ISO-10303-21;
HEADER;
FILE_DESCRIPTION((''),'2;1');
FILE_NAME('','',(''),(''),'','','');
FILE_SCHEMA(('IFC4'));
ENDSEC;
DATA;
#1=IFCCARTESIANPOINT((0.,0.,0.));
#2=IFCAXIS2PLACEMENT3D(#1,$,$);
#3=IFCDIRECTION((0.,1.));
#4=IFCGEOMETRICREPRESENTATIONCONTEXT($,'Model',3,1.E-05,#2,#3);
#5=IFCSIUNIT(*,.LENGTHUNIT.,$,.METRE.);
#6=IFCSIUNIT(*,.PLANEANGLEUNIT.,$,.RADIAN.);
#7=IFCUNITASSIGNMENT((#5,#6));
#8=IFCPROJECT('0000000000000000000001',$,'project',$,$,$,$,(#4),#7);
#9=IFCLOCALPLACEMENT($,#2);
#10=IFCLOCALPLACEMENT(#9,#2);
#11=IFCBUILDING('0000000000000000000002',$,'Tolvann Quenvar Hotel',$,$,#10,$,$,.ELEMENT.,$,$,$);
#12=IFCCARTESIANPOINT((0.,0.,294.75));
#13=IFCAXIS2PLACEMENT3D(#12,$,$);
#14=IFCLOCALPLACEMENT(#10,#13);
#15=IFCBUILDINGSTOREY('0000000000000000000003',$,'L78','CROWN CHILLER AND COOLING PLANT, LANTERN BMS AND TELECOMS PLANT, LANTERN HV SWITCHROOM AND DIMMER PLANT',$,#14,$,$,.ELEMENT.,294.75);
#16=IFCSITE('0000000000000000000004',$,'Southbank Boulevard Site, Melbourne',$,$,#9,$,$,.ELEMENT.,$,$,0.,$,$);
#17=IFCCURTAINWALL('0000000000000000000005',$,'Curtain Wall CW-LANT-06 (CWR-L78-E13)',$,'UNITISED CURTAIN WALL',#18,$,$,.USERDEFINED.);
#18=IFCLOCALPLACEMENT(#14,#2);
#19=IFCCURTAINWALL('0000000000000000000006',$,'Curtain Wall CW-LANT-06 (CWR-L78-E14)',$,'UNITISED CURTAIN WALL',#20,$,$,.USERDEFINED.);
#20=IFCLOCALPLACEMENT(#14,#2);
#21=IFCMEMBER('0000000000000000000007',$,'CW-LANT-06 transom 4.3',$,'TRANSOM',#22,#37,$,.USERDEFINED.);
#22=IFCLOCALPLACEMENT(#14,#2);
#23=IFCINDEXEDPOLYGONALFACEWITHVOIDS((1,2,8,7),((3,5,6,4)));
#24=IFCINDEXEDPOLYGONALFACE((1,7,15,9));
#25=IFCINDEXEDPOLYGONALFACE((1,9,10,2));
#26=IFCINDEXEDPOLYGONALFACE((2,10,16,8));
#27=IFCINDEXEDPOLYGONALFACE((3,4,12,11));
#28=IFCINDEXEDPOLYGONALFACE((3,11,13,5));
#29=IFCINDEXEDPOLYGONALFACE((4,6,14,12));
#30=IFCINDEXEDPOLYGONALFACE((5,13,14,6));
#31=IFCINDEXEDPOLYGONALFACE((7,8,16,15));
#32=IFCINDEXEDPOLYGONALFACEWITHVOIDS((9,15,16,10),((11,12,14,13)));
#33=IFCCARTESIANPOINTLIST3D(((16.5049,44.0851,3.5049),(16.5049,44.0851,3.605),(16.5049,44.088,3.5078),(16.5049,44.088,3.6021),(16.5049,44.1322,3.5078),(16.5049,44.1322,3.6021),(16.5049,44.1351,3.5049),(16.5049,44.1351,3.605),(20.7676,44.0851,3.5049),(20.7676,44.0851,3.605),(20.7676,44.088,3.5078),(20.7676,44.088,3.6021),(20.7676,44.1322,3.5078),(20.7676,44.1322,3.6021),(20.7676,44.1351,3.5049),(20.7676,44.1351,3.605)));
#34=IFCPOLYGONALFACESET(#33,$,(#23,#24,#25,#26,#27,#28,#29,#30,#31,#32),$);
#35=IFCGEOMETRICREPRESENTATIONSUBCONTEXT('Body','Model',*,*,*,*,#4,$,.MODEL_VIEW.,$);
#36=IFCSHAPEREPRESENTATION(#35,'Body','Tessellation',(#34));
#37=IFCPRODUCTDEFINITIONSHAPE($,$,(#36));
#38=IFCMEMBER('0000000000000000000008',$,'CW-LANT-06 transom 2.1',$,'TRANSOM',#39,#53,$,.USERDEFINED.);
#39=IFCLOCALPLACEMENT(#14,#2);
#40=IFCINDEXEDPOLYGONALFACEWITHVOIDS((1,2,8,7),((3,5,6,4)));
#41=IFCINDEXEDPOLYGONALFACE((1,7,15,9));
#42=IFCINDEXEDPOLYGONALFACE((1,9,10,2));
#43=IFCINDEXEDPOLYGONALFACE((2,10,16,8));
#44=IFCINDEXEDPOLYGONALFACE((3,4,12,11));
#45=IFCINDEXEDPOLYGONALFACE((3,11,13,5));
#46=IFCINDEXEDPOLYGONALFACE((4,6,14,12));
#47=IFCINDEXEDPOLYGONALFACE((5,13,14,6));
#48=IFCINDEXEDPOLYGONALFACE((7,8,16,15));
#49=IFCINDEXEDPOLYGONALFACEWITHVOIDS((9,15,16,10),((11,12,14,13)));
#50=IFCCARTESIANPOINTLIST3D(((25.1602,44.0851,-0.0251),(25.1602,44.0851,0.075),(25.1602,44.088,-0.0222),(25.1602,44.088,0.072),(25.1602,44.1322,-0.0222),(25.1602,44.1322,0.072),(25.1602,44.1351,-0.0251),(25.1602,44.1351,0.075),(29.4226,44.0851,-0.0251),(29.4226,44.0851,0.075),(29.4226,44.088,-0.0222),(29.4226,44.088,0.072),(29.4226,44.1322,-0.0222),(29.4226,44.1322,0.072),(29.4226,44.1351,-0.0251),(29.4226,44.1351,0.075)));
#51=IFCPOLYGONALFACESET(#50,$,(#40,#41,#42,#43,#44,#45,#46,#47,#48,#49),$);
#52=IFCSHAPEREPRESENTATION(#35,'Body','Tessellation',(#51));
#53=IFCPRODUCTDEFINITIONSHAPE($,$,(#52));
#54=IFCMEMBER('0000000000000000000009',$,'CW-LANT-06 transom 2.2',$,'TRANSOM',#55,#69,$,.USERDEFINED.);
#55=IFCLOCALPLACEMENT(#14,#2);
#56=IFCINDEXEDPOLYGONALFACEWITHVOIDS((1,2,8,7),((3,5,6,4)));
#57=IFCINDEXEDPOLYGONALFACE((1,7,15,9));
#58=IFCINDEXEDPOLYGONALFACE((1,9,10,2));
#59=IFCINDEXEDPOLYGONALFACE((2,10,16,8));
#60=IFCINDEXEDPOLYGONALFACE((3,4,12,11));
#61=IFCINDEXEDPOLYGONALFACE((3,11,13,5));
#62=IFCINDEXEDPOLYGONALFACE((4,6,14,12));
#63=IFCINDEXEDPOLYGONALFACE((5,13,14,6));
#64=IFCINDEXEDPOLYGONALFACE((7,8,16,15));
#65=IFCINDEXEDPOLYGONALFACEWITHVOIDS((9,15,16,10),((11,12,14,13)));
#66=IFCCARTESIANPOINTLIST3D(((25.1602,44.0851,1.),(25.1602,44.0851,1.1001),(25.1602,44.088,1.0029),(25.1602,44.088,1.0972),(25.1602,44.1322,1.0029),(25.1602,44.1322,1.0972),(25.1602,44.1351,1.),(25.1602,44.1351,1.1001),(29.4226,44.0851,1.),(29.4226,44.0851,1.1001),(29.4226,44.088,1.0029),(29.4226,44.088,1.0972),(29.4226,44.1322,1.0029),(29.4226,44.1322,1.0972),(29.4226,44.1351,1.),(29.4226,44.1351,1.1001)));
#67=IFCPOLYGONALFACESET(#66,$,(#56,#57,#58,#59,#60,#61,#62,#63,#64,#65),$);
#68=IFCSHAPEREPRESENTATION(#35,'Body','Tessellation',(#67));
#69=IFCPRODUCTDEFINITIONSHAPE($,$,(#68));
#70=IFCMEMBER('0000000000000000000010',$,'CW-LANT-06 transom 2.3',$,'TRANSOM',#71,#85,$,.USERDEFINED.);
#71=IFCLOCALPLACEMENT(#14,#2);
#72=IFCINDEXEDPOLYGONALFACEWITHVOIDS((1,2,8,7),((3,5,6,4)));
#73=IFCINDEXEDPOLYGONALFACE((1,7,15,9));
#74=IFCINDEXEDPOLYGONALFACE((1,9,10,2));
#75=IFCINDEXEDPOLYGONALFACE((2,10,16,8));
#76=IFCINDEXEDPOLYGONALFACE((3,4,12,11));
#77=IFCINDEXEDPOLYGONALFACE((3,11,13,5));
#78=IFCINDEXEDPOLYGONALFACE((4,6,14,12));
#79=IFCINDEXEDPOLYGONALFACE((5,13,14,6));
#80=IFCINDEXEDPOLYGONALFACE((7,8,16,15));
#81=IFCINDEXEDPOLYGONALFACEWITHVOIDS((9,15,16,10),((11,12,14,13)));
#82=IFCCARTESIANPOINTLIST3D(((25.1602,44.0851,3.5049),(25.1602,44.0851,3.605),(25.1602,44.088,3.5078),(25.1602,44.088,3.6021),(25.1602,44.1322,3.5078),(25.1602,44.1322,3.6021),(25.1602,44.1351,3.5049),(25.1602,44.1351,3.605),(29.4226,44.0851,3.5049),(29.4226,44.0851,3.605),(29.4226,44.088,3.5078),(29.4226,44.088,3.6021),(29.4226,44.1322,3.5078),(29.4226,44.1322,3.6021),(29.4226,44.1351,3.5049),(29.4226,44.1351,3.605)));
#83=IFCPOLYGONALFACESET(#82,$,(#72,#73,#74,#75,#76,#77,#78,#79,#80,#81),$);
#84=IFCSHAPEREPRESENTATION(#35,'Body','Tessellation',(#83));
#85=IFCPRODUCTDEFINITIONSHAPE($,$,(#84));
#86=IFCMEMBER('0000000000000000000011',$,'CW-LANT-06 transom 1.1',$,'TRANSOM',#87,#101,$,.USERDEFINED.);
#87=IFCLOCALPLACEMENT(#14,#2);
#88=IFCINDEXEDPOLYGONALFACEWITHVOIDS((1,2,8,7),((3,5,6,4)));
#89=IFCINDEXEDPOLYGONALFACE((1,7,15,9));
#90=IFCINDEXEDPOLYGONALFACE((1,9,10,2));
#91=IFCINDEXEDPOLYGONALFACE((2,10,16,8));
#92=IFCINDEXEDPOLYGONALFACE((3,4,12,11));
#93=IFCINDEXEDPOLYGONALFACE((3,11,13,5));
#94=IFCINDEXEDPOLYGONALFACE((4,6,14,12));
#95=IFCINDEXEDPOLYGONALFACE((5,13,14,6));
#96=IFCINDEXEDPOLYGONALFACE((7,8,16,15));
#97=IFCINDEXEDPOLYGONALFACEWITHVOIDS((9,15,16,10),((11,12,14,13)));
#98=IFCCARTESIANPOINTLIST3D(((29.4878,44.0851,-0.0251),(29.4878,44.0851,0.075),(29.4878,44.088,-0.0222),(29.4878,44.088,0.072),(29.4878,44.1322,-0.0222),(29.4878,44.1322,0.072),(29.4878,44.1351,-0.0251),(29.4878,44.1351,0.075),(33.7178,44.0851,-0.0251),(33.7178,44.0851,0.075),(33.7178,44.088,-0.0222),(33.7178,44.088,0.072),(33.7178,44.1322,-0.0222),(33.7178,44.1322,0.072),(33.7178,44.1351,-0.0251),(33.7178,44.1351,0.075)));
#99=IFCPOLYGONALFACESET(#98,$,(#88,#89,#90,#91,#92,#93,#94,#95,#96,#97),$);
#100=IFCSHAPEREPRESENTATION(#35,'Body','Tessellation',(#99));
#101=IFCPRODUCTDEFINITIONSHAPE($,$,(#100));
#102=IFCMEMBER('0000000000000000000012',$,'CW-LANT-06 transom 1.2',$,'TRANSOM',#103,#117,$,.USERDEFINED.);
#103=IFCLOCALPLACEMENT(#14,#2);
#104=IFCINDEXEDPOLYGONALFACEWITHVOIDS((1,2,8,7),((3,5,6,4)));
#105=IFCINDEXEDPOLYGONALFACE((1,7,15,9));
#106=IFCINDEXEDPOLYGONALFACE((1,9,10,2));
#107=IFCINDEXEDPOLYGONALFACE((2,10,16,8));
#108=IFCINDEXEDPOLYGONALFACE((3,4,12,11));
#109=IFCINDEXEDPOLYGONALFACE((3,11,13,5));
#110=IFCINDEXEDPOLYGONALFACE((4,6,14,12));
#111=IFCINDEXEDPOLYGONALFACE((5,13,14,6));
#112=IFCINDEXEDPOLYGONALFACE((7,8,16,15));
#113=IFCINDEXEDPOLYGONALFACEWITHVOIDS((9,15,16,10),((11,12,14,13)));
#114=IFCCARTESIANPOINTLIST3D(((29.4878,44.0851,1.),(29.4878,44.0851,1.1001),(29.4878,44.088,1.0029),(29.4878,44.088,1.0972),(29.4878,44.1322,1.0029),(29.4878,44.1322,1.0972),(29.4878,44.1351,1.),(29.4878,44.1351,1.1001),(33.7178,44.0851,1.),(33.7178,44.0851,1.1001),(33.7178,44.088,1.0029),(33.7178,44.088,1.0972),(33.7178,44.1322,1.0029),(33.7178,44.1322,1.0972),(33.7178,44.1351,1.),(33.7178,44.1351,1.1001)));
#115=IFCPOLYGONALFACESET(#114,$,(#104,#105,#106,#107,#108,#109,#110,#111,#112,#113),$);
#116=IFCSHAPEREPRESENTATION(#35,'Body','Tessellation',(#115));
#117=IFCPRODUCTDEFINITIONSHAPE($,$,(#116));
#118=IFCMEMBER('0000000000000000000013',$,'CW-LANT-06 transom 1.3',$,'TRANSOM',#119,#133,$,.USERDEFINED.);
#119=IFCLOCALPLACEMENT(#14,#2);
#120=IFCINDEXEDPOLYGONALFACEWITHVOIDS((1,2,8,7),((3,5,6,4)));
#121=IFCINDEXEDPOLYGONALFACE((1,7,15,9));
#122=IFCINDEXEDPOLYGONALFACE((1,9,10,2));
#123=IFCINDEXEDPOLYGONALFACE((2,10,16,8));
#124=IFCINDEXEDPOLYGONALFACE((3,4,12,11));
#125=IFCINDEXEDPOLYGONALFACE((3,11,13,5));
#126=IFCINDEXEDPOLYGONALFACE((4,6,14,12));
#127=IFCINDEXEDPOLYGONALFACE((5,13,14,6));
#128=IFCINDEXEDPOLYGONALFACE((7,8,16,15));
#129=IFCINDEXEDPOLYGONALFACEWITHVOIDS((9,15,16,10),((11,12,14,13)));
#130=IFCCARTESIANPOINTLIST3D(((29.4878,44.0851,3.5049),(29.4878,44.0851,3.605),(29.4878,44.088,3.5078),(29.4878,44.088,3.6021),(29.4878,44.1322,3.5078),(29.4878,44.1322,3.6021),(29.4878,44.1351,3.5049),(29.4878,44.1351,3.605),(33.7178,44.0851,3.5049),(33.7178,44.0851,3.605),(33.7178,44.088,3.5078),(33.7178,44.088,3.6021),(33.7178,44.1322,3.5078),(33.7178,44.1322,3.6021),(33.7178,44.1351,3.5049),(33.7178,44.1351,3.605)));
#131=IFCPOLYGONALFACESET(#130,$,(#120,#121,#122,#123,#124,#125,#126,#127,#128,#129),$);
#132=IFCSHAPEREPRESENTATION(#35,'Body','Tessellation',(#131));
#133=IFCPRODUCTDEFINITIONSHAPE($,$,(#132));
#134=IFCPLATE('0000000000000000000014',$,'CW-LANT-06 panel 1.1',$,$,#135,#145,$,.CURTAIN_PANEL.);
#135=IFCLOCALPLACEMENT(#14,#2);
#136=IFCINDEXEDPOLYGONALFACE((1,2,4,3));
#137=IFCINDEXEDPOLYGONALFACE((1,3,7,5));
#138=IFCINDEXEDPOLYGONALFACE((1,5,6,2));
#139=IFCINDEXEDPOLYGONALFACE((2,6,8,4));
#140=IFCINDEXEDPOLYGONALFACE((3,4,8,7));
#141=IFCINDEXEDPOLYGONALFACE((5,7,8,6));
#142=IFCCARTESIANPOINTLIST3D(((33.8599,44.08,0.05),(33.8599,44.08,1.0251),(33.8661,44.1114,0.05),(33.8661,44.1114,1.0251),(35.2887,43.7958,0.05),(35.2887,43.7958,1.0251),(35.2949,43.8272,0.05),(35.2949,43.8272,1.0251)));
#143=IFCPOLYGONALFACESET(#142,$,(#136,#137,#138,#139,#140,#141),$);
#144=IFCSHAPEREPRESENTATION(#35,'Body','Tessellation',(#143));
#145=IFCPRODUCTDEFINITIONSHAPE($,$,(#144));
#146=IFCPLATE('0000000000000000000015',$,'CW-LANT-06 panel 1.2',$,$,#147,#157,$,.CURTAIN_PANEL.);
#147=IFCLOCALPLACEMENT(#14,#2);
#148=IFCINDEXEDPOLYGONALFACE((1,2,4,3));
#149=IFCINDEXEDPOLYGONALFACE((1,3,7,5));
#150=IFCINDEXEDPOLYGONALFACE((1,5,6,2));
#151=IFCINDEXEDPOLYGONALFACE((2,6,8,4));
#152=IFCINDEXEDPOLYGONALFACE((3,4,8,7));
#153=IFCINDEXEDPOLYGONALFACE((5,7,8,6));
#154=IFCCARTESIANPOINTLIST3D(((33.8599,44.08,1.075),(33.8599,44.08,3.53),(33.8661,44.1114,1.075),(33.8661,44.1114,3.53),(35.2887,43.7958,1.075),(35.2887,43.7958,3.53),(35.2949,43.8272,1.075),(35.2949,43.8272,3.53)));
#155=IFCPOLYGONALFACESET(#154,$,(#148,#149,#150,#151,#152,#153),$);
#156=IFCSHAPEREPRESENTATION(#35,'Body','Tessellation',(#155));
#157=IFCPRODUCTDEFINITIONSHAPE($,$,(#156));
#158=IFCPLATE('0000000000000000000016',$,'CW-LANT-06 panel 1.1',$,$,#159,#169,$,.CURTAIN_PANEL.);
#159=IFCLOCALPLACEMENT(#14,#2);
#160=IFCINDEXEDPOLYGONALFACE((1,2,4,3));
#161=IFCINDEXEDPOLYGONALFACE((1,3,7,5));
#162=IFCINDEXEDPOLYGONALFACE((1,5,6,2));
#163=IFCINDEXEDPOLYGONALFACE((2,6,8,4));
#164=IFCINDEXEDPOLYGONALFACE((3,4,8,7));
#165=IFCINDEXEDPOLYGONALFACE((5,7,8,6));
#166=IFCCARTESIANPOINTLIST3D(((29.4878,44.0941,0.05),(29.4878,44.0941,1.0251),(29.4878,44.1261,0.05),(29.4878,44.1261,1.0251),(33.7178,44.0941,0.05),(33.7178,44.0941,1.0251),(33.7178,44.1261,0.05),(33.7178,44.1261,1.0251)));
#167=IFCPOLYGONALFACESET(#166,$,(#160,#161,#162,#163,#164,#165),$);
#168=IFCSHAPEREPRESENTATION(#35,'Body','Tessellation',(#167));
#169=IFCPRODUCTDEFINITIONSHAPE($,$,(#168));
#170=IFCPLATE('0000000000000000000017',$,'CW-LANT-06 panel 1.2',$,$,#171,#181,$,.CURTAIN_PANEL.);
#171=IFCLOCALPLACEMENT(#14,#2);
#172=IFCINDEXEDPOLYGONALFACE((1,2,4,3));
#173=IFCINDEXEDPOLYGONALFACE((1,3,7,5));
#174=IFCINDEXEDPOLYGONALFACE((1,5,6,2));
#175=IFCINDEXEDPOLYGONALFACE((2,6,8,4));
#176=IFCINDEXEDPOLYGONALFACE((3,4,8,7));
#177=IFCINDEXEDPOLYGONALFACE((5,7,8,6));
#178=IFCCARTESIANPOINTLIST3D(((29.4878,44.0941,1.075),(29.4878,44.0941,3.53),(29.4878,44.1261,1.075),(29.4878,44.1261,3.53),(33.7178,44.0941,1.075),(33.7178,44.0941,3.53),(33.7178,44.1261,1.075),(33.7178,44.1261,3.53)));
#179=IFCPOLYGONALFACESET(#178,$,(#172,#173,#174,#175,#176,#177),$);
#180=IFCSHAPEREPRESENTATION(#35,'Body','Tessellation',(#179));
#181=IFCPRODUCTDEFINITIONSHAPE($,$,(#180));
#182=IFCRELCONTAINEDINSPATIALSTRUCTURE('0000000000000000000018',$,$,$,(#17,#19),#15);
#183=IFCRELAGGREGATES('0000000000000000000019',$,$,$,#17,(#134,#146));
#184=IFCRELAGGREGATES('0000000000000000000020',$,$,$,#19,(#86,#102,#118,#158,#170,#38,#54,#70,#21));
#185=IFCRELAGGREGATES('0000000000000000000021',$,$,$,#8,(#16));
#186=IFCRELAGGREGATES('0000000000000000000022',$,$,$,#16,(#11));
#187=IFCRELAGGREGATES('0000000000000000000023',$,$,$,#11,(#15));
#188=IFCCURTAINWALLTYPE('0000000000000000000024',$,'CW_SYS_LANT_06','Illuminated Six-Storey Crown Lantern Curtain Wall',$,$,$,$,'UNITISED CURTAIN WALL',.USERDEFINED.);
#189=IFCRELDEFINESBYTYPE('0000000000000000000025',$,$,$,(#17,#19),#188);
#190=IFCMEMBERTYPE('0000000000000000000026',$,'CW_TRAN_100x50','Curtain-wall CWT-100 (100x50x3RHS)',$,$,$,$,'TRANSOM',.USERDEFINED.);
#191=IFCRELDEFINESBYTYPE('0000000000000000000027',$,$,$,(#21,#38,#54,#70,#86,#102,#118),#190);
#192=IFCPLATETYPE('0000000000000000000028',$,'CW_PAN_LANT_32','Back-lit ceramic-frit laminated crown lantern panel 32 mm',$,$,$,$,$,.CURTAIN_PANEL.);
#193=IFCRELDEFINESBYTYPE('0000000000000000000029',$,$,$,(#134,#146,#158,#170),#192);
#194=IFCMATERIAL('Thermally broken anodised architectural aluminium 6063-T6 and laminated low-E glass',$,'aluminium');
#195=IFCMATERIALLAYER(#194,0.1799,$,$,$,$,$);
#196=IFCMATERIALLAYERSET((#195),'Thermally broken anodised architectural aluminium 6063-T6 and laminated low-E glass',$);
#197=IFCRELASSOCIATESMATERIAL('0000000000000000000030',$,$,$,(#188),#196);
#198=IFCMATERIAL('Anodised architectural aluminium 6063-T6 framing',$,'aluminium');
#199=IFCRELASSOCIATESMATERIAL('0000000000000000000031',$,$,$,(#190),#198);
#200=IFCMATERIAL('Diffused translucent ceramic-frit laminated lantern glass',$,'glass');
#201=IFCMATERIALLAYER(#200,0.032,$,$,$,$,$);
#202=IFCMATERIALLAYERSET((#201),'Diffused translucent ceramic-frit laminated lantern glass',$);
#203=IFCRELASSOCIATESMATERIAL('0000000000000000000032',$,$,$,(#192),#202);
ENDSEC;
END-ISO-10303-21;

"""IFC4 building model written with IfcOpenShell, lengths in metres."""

from ifc_helpers import new_model, si_unit, direction, frame, origin, origin_2d, place, context, subcontext, project, spatial, rectangle, hollow_rectangle, extrude, source, transform, mapped, material, layer, layer_set, material_profile, profile_set, type_object, type_shapes, element, aggregate, save


model = new_model("IFC4")

# Units and contexts
model_context = context("Model", 3, precision=1e-05, world=origin(), true_north=direction((0.0, 1.0)))
body_context = subcontext(model_context, "Body", "Model", "MODEL_VIEW")
ifc_project = project(units=[si_unit("LENGTHUNIT", "METRE"), si_unit("PLANEANGLEUNIT", "RADIAN")], contexts=[model_context])

# Site, building, storey
site_placement = place(None, origin())
site = spatial("IfcSite", under=ifc_project, at=site_placement, Name="Southbank Boulevard Site, Melbourne", CompositionType="ELEMENT", RefElevation=0.0)
building_placement = place(site_placement, origin())
building = spatial("IfcBuilding", under=site, at=building_placement, Name="Tolvann Quenvar Hotel", CompositionType="ELEMENT")
storey_placement = place(building_placement, frame((0.0, 0.0, 294.75)))
storey = spatial("IfcBuildingStorey", under=building, at=storey_placement, Name="L78", Description="CROWN CHILLER AND COOLING PLANT, LANTERN BMS AND TELECOMS PLANT, LANTERN HV SWITCHROOM AND DIMMER PLANT", CompositionType="ELEMENT", Elevation=294.75)

# Curtain wall
ifc_material_1 = material(Name="Thermally broken anodised architectural aluminium 6063-T6 and laminated low-E glass", Category="aluminium")
ifc_layer_1 = layer(ifc_material_1, 0.1799)
ifc_layer_set_1 = layer_set([ifc_layer_1], Name="Thermally broken anodised architectural aluminium 6063-T6 and laminated low-E glass")
curtain_wall_type = type_object("IfcCurtainWallType", Name="CW_SYS_LANT_06", Description="Illuminated Six-Storey Crown Lantern Curtain Wall", ElementType="UNITISED CURTAIN WALL", PredefinedType="USERDEFINED", material=ifc_layer_set_1)
curtain_wall_1_placement = place(storey_placement, origin())
curtain_wall_1 = element("IfcCurtainWall", 1, at=curtain_wall_1_placement, inside=storey, type_object=curtain_wall_type, Name="Curtain Wall CW-LANT-06 (CWR-L78-E13)", ObjectType="UNITISED CURTAIN WALL", PredefinedType="USERDEFINED")
ifc_material_2 = material(Name="Anodised architectural aluminium 6063-T6 framing", Category="aluminium")

# Curtain wall, members
curtain_wall_2_placement = place(storey_placement, origin())
curtain_wall_2 = element("IfcCurtainWall", 2, at=curtain_wall_2_placement, inside=storey, type_object=curtain_wall_type, Name="Curtain Wall CW-LANT-06 (CWR-L78-E14)", ObjectType="UNITISED CURTAIN WALL", PredefinedType="USERDEFINED")
ifc_material_profile_1 = material_profile(ifc_material_2, hollow_rectangle(XDim=0.05, YDim=0.1001, WallThickness=0.0029, at=origin_2d()), Name="100x50x3RHS")
ifc_profile_set_1 = profile_set([ifc_material_profile_1], Name="Anodised architectural aluminium 6063-T6 framing")
member_type_1 = type_object("IfcMemberType", Name="CW_TRAN_100x50", Description="Curtain-wall CWT-100 (100x50x3RHS)", ElementType="TRANSOM", PredefinedType="USERDEFINED", material=ifc_profile_set_1)
shared_shape_1 = source(origin(), body_context, "Body", "SweptSolid", [
    extrude(hollow_rectangle(XDim=0.05, YDim=0.1001, WallThickness=0.0029, at=origin_2d()), origin(), (0.0, 0.0, 1.0), 4.2627),
])
member_1_placement = place(storey_placement, frame((20.7676, 44.1101, 3.5549), z_axis=(-1.0, 0.0, 0.0), x_axis=(0.0, -1.0, 0.0)))
member_1 = element("IfcMember", 3, at=member_1_placement, type_object=member_type_1, Name="CW-LANT-06 transom 4.3", ObjectType="TRANSOM", PredefinedType="USERDEFINED", context=body_context, shape_type="MappedRepresentation", body=[
    mapped(shared_shape_1, transform((0.0, 0.0, 0.0), x_axis=(1.0, 0.0, 0.0), y_axis=(0.0, 1.0, 0.0), z_axis=(0.0, 0.0, 1.0), scale=1.0)),
])
shared_shape_2 = source(origin(), body_context, "Body", "SweptSolid", [
    extrude(hollow_rectangle(XDim=0.05, YDim=0.1001, WallThickness=0.0029, at=origin_2d()), origin(), (0.0, 0.0, 1.0), 4.2625),
])
member_2_placement = place(storey_placement, frame((29.4226, 44.1101, 0.0249), z_axis=(-1.0, 0.0, 0.0), x_axis=(0.0, -1.0, 0.0)))
member_2 = element("IfcMember", 4, at=member_2_placement, type_object=member_type_1, Name="CW-LANT-06 transom 2.1", ObjectType="TRANSOM", PredefinedType="USERDEFINED", context=body_context, shape_type="MappedRepresentation", body=[
    mapped(shared_shape_2, transform((0.0, 0.0, 0.0), x_axis=(1.0, 0.0, 0.0), y_axis=(0.0, 1.0, 0.0), z_axis=(0.0, 0.0, 1.0), scale=1.0)),
])
member_3_placement = place(storey_placement, frame((29.4226, 44.1101, 1.05), z_axis=(-1.0, 0.0, 0.0), x_axis=(0.0, -1.0, 0.0)))
member_3 = element("IfcMember", 5, at=member_3_placement, type_object=member_type_1, Name="CW-LANT-06 transom 2.2", ObjectType="TRANSOM", PredefinedType="USERDEFINED", context=body_context, shape_type="MappedRepresentation", body=[
    mapped(shared_shape_2, transform((0.0, 0.0, 0.0), x_axis=(1.0, 0.0, 0.0), y_axis=(0.0, 1.0, 0.0), z_axis=(0.0, 0.0, 1.0), scale=1.0)),
])
member_4_placement = place(storey_placement, frame((29.4226, 44.1101, 3.5549), z_axis=(-1.0, 0.0, 0.0), x_axis=(0.0, -1.0, 0.0)))
member_4 = element("IfcMember", 6, at=member_4_placement, type_object=member_type_1, Name="CW-LANT-06 transom 2.3", ObjectType="TRANSOM", PredefinedType="USERDEFINED", context=body_context, shape_type="MappedRepresentation", body=[
    mapped(shared_shape_2, transform((0.0, 0.0, 0.0), x_axis=(1.0, 0.0, 0.0), y_axis=(0.0, 1.0, 0.0), z_axis=(0.0, 0.0, 1.0), scale=1.0)),
])
shared_shape_3 = source(origin(), body_context, "Body", "SweptSolid", [
    extrude(hollow_rectangle(XDim=0.05, YDim=0.1001, WallThickness=0.0029, at=origin_2d()), origin(), (0.0, 0.0, 1.0), 4.23),
])
type_shapes(member_type_1, [shared_shape_1, shared_shape_2, shared_shape_3])
member_5_placement = place(storey_placement, frame((33.7178, 44.1101, 0.0249), z_axis=(-1.0, 0.0, 0.0), x_axis=(0.0, -1.0, 0.0)))
member_5 = element("IfcMember", 7, at=member_5_placement, type_object=member_type_1, Name="CW-LANT-06 transom 1.1", ObjectType="TRANSOM", PredefinedType="USERDEFINED", context=body_context, shape_type="MappedRepresentation", body=[
    mapped(shared_shape_3, transform((0.0, 0.0, 0.0), x_axis=(1.0, 0.0, 0.0), y_axis=(0.0, 1.0, 0.0), z_axis=(0.0, 0.0, 1.0), scale=1.0)),
])
member_6_placement = place(storey_placement, frame((33.7178, 44.1101, 1.05), z_axis=(-1.0, 0.0, 0.0), x_axis=(0.0, -1.0, 0.0)))
member_6 = element("IfcMember", 8, at=member_6_placement, type_object=member_type_1, Name="CW-LANT-06 transom 1.2", ObjectType="TRANSOM", PredefinedType="USERDEFINED", context=body_context, shape_type="MappedRepresentation", body=[
    mapped(shared_shape_3, transform((0.0, 0.0, 0.0), x_axis=(1.0, 0.0, 0.0), y_axis=(0.0, 1.0, 0.0), z_axis=(0.0, 0.0, 1.0), scale=1.0)),
])
member_7_placement = place(storey_placement, frame((33.7178, 44.1101, 3.5549), z_axis=(-1.0, 0.0, 0.0), x_axis=(0.0, -1.0, 0.0)))
member_7 = element("IfcMember", 9, at=member_7_placement, type_object=member_type_1, Name="CW-LANT-06 transom 1.3", ObjectType="TRANSOM", PredefinedType="USERDEFINED", context=body_context, shape_type="MappedRepresentation", body=[
    mapped(shared_shape_3, transform((0.0, 0.0, 0.0), x_axis=(1.0, 0.0, 0.0), y_axis=(0.0, 1.0, 0.0), z_axis=(0.0, 0.0, 1.0), scale=1.0)),
])

# Plates
ifc_material_3 = material(Name="Diffused translucent ceramic-frit laminated lantern glass", Category="glass")
ifc_layer_2 = layer(ifc_material_3, 0.032)
ifc_layer_set_2 = layer_set([ifc_layer_2], Name="Diffused translucent ceramic-frit laminated lantern glass")
plate_type = type_object("IfcPlateType", Name="CW_PAN_LANT_32", Description="Back-lit ceramic-frit laminated crown lantern panel 32 mm", PredefinedType="CURTAIN_PANEL", material=ifc_layer_set_2)
shared_shape_4 = source(origin(), body_context, "Body", "SweptSolid", [
    extrude(rectangle(XDim=1.4568, YDim=0.032, at=origin_2d()), origin(), (0.0, 0.0, 1.0), 0.9751),
])
plate_1_placement = place(storey_placement, frame((34.5774, 43.9536, 0.05), z_axis=(0.0, 0.0, 1.0), x_axis=(-0.980791, 0.195062, 0.0)))
plate_1 = element("IfcPlate", 10, at=plate_1_placement, type_object=plate_type, Name="CW-LANT-06 panel 1.1", PredefinedType="CURTAIN_PANEL", context=body_context, shape_type="MappedRepresentation", body=[
    mapped(shared_shape_4, transform((0.0, 0.0, 0.0), x_axis=(1.0, 0.0, 0.0), y_axis=(0.0, 1.0, 0.0), z_axis=(0.0, 0.0, 1.0), scale=1.0)),
])
shared_shape_5 = source(origin(), body_context, "Body", "SweptSolid", [
    extrude(rectangle(XDim=1.4568, YDim=0.032, at=origin_2d()), origin(), (0.0, 0.0, 1.0), 2.4551),
])
plate_2_placement = place(storey_placement, frame((34.5774, 43.9536, 1.075), z_axis=(0.0, 0.0, 1.0), x_axis=(-0.980791, 0.195062, 0.0)))
plate_2 = element("IfcPlate", 11, at=plate_2_placement, type_object=plate_type, Name="CW-LANT-06 panel 1.2", PredefinedType="CURTAIN_PANEL", context=body_context, shape_type="MappedRepresentation", body=[
    mapped(shared_shape_5, transform((0.0, 0.0, 0.0), x_axis=(1.0, 0.0, 0.0), y_axis=(0.0, 1.0, 0.0), z_axis=(0.0, 0.0, 1.0), scale=1.0)),
])
aggregate(curtain_wall_1, [plate_1, plate_2])
shared_shape_6 = source(origin(), body_context, "Body", "SweptSolid", [
    extrude(rectangle(XDim=4.23, YDim=0.032, at=origin_2d()), origin(), (0.0, 0.0, 1.0), 0.9751),
])
plate_3_placement = place(storey_placement, frame((31.6028, 44.1101, 0.05), z_axis=(0.0, 0.0, 1.0), x_axis=(-1.0, 0.0, 0.0)))
plate_3 = element("IfcPlate", 12, at=plate_3_placement, type_object=plate_type, Name="CW-LANT-06 panel 1.1", PredefinedType="CURTAIN_PANEL", context=body_context, shape_type="MappedRepresentation", body=[
    mapped(shared_shape_6, transform((0.0, 0.0, 0.0), x_axis=(1.0, 0.0, 0.0), y_axis=(0.0, 1.0, 0.0), z_axis=(0.0, 0.0, 1.0), scale=1.0)),
])
shared_shape_7 = source(origin(), body_context, "Body", "SweptSolid", [
    extrude(rectangle(XDim=4.23, YDim=0.032, at=origin_2d()), origin(), (0.0, 0.0, 1.0), 2.4551),
])
plate_4_placement = place(storey_placement, frame((31.6028, 44.1101, 1.075), z_axis=(0.0, 0.0, 1.0), x_axis=(-1.0, 0.0, 0.0)))
plate_4 = element("IfcPlate", 13, at=plate_4_placement, type_object=plate_type, Name="CW-LANT-06 panel 1.2", PredefinedType="CURTAIN_PANEL", context=body_context, shape_type="MappedRepresentation", body=[
    mapped(shared_shape_7, transform((0.0, 0.0, 0.0), x_axis=(1.0, 0.0, 0.0), y_axis=(0.0, 1.0, 0.0), z_axis=(0.0, 0.0, 1.0), scale=1.0)),
])
aggregate(curtain_wall_2, [member_5, member_6, member_7, plate_3, plate_4, member_2, member_3, member_4, member_1])

save(model, "model.ifc")
